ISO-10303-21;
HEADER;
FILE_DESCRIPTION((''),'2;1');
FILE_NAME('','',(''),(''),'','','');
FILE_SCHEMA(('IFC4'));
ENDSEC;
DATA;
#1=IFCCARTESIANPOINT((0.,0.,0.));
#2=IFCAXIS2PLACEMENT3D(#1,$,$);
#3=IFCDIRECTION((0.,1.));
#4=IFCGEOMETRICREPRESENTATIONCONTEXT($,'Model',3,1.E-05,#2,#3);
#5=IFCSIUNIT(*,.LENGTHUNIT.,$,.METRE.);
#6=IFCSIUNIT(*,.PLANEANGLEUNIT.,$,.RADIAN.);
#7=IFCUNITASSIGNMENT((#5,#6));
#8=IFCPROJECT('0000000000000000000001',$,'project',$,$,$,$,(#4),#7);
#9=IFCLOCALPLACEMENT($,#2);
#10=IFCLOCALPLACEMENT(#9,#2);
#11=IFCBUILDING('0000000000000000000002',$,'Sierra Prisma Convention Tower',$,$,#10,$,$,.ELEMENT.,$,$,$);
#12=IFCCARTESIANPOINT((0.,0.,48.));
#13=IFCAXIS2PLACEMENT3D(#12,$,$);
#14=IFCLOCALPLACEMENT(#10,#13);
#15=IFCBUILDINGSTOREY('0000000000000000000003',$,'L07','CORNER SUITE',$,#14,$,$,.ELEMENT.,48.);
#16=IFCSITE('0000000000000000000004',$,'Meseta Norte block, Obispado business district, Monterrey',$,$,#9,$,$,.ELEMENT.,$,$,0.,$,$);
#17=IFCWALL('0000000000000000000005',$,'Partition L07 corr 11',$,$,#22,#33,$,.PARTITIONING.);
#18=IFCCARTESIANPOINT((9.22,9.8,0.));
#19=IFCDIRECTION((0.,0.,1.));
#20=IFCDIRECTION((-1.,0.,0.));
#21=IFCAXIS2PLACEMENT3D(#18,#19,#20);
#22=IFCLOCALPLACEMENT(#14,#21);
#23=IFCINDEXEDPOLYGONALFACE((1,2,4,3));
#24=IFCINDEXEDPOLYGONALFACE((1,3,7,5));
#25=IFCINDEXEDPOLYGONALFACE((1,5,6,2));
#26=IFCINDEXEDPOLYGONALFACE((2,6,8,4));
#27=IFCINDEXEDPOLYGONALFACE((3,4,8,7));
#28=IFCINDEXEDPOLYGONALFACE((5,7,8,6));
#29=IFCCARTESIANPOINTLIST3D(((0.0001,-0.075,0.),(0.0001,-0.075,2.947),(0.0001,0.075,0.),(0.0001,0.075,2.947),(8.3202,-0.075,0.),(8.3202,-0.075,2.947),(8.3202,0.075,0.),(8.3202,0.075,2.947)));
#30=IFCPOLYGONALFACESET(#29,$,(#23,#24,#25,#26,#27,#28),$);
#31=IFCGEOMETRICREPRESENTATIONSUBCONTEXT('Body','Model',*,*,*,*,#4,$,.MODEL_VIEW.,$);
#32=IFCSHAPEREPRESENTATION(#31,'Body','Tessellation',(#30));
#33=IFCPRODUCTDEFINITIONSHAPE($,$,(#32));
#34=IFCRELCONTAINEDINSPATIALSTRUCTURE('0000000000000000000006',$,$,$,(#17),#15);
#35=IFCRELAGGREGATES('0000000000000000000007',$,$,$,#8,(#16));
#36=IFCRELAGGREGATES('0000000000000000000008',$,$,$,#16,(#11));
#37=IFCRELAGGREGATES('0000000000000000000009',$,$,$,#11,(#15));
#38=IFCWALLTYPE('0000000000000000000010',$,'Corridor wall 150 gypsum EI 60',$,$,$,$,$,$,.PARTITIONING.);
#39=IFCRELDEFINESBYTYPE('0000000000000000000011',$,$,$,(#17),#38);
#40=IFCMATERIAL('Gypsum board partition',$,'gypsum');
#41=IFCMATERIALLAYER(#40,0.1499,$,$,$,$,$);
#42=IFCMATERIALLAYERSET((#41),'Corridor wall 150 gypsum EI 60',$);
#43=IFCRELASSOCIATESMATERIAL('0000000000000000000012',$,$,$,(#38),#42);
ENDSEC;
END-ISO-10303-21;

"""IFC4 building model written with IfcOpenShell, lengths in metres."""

from ifc_helpers import new_model, si_unit, direction, frame, frame_2d, origin, place, context, subcontext, project, spatial, rectangle, extrude, material, layer, layer_set, type_object, element, save


model = new_model("IFC4")

# Units and contexts
model_context = context("Model", 3, precision=1e-05, world=origin(), true_north=direction((0.0, 1.0)))
body_context = subcontext(model_context, "Body", "Model", "MODEL_VIEW")
ifc_project = project(units=[si_unit("LENGTHUNIT", "METRE"), si_unit("PLANEANGLEUNIT", "RADIAN")], contexts=[model_context])

# Site, building, storey
site_placement = place(None, origin())
site = spatial("IfcSite", under=ifc_project, at=site_placement, Name="Meseta Norte block, Obispado business district, Monterrey", CompositionType="ELEMENT", RefElevation=0.0)
building_placement = place(site_placement, origin())
building = spatial("IfcBuilding", under=site, at=building_placement, Name="Sierra Prisma Convention Tower", CompositionType="ELEMENT")
storey_placement = place(building_placement, frame((0.0, 0.0, 48.0)))
storey = spatial("IfcBuildingStorey", under=building, at=storey_placement, Name="L07", Description="CORNER SUITE", CompositionType="ELEMENT", Elevation=48.0)

# Wall
ifc_material_1 = material(Name="Gypsum board partition", Category="gypsum")
ifc_layer_1 = layer(ifc_material_1, 0.1499)
ifc_layer_set_1 = layer_set([ifc_layer_1], Name="Corridor wall 150 gypsum EI 60")
wall_type_1 = type_object("IfcWallType", Name="Corridor wall 150 gypsum EI 60", PredefinedType="PARTITIONING", material=ifc_layer_set_1)
wall_1_placement = place(storey_placement, frame((9.22, 9.8, 0.0), z_axis=(0.0, 0.0, 1.0), x_axis=(-1.0, 0.0, 0.0)))
element("IfcWall", 1, at=wall_1_placement, inside=storey, type_object=wall_type_1, Name="Partition L07 corr 11", PredefinedType="PARTITIONING", context=body_context, shape_type="SweptSolid", body=[
    extrude(rectangle(XDim=8.3201, YDim=0.1499, at=frame_2d((4.1602, 0.0))), origin(), (0.0, 0.0, 1.0), 2.947),
])

save(model, "model.ifc")
